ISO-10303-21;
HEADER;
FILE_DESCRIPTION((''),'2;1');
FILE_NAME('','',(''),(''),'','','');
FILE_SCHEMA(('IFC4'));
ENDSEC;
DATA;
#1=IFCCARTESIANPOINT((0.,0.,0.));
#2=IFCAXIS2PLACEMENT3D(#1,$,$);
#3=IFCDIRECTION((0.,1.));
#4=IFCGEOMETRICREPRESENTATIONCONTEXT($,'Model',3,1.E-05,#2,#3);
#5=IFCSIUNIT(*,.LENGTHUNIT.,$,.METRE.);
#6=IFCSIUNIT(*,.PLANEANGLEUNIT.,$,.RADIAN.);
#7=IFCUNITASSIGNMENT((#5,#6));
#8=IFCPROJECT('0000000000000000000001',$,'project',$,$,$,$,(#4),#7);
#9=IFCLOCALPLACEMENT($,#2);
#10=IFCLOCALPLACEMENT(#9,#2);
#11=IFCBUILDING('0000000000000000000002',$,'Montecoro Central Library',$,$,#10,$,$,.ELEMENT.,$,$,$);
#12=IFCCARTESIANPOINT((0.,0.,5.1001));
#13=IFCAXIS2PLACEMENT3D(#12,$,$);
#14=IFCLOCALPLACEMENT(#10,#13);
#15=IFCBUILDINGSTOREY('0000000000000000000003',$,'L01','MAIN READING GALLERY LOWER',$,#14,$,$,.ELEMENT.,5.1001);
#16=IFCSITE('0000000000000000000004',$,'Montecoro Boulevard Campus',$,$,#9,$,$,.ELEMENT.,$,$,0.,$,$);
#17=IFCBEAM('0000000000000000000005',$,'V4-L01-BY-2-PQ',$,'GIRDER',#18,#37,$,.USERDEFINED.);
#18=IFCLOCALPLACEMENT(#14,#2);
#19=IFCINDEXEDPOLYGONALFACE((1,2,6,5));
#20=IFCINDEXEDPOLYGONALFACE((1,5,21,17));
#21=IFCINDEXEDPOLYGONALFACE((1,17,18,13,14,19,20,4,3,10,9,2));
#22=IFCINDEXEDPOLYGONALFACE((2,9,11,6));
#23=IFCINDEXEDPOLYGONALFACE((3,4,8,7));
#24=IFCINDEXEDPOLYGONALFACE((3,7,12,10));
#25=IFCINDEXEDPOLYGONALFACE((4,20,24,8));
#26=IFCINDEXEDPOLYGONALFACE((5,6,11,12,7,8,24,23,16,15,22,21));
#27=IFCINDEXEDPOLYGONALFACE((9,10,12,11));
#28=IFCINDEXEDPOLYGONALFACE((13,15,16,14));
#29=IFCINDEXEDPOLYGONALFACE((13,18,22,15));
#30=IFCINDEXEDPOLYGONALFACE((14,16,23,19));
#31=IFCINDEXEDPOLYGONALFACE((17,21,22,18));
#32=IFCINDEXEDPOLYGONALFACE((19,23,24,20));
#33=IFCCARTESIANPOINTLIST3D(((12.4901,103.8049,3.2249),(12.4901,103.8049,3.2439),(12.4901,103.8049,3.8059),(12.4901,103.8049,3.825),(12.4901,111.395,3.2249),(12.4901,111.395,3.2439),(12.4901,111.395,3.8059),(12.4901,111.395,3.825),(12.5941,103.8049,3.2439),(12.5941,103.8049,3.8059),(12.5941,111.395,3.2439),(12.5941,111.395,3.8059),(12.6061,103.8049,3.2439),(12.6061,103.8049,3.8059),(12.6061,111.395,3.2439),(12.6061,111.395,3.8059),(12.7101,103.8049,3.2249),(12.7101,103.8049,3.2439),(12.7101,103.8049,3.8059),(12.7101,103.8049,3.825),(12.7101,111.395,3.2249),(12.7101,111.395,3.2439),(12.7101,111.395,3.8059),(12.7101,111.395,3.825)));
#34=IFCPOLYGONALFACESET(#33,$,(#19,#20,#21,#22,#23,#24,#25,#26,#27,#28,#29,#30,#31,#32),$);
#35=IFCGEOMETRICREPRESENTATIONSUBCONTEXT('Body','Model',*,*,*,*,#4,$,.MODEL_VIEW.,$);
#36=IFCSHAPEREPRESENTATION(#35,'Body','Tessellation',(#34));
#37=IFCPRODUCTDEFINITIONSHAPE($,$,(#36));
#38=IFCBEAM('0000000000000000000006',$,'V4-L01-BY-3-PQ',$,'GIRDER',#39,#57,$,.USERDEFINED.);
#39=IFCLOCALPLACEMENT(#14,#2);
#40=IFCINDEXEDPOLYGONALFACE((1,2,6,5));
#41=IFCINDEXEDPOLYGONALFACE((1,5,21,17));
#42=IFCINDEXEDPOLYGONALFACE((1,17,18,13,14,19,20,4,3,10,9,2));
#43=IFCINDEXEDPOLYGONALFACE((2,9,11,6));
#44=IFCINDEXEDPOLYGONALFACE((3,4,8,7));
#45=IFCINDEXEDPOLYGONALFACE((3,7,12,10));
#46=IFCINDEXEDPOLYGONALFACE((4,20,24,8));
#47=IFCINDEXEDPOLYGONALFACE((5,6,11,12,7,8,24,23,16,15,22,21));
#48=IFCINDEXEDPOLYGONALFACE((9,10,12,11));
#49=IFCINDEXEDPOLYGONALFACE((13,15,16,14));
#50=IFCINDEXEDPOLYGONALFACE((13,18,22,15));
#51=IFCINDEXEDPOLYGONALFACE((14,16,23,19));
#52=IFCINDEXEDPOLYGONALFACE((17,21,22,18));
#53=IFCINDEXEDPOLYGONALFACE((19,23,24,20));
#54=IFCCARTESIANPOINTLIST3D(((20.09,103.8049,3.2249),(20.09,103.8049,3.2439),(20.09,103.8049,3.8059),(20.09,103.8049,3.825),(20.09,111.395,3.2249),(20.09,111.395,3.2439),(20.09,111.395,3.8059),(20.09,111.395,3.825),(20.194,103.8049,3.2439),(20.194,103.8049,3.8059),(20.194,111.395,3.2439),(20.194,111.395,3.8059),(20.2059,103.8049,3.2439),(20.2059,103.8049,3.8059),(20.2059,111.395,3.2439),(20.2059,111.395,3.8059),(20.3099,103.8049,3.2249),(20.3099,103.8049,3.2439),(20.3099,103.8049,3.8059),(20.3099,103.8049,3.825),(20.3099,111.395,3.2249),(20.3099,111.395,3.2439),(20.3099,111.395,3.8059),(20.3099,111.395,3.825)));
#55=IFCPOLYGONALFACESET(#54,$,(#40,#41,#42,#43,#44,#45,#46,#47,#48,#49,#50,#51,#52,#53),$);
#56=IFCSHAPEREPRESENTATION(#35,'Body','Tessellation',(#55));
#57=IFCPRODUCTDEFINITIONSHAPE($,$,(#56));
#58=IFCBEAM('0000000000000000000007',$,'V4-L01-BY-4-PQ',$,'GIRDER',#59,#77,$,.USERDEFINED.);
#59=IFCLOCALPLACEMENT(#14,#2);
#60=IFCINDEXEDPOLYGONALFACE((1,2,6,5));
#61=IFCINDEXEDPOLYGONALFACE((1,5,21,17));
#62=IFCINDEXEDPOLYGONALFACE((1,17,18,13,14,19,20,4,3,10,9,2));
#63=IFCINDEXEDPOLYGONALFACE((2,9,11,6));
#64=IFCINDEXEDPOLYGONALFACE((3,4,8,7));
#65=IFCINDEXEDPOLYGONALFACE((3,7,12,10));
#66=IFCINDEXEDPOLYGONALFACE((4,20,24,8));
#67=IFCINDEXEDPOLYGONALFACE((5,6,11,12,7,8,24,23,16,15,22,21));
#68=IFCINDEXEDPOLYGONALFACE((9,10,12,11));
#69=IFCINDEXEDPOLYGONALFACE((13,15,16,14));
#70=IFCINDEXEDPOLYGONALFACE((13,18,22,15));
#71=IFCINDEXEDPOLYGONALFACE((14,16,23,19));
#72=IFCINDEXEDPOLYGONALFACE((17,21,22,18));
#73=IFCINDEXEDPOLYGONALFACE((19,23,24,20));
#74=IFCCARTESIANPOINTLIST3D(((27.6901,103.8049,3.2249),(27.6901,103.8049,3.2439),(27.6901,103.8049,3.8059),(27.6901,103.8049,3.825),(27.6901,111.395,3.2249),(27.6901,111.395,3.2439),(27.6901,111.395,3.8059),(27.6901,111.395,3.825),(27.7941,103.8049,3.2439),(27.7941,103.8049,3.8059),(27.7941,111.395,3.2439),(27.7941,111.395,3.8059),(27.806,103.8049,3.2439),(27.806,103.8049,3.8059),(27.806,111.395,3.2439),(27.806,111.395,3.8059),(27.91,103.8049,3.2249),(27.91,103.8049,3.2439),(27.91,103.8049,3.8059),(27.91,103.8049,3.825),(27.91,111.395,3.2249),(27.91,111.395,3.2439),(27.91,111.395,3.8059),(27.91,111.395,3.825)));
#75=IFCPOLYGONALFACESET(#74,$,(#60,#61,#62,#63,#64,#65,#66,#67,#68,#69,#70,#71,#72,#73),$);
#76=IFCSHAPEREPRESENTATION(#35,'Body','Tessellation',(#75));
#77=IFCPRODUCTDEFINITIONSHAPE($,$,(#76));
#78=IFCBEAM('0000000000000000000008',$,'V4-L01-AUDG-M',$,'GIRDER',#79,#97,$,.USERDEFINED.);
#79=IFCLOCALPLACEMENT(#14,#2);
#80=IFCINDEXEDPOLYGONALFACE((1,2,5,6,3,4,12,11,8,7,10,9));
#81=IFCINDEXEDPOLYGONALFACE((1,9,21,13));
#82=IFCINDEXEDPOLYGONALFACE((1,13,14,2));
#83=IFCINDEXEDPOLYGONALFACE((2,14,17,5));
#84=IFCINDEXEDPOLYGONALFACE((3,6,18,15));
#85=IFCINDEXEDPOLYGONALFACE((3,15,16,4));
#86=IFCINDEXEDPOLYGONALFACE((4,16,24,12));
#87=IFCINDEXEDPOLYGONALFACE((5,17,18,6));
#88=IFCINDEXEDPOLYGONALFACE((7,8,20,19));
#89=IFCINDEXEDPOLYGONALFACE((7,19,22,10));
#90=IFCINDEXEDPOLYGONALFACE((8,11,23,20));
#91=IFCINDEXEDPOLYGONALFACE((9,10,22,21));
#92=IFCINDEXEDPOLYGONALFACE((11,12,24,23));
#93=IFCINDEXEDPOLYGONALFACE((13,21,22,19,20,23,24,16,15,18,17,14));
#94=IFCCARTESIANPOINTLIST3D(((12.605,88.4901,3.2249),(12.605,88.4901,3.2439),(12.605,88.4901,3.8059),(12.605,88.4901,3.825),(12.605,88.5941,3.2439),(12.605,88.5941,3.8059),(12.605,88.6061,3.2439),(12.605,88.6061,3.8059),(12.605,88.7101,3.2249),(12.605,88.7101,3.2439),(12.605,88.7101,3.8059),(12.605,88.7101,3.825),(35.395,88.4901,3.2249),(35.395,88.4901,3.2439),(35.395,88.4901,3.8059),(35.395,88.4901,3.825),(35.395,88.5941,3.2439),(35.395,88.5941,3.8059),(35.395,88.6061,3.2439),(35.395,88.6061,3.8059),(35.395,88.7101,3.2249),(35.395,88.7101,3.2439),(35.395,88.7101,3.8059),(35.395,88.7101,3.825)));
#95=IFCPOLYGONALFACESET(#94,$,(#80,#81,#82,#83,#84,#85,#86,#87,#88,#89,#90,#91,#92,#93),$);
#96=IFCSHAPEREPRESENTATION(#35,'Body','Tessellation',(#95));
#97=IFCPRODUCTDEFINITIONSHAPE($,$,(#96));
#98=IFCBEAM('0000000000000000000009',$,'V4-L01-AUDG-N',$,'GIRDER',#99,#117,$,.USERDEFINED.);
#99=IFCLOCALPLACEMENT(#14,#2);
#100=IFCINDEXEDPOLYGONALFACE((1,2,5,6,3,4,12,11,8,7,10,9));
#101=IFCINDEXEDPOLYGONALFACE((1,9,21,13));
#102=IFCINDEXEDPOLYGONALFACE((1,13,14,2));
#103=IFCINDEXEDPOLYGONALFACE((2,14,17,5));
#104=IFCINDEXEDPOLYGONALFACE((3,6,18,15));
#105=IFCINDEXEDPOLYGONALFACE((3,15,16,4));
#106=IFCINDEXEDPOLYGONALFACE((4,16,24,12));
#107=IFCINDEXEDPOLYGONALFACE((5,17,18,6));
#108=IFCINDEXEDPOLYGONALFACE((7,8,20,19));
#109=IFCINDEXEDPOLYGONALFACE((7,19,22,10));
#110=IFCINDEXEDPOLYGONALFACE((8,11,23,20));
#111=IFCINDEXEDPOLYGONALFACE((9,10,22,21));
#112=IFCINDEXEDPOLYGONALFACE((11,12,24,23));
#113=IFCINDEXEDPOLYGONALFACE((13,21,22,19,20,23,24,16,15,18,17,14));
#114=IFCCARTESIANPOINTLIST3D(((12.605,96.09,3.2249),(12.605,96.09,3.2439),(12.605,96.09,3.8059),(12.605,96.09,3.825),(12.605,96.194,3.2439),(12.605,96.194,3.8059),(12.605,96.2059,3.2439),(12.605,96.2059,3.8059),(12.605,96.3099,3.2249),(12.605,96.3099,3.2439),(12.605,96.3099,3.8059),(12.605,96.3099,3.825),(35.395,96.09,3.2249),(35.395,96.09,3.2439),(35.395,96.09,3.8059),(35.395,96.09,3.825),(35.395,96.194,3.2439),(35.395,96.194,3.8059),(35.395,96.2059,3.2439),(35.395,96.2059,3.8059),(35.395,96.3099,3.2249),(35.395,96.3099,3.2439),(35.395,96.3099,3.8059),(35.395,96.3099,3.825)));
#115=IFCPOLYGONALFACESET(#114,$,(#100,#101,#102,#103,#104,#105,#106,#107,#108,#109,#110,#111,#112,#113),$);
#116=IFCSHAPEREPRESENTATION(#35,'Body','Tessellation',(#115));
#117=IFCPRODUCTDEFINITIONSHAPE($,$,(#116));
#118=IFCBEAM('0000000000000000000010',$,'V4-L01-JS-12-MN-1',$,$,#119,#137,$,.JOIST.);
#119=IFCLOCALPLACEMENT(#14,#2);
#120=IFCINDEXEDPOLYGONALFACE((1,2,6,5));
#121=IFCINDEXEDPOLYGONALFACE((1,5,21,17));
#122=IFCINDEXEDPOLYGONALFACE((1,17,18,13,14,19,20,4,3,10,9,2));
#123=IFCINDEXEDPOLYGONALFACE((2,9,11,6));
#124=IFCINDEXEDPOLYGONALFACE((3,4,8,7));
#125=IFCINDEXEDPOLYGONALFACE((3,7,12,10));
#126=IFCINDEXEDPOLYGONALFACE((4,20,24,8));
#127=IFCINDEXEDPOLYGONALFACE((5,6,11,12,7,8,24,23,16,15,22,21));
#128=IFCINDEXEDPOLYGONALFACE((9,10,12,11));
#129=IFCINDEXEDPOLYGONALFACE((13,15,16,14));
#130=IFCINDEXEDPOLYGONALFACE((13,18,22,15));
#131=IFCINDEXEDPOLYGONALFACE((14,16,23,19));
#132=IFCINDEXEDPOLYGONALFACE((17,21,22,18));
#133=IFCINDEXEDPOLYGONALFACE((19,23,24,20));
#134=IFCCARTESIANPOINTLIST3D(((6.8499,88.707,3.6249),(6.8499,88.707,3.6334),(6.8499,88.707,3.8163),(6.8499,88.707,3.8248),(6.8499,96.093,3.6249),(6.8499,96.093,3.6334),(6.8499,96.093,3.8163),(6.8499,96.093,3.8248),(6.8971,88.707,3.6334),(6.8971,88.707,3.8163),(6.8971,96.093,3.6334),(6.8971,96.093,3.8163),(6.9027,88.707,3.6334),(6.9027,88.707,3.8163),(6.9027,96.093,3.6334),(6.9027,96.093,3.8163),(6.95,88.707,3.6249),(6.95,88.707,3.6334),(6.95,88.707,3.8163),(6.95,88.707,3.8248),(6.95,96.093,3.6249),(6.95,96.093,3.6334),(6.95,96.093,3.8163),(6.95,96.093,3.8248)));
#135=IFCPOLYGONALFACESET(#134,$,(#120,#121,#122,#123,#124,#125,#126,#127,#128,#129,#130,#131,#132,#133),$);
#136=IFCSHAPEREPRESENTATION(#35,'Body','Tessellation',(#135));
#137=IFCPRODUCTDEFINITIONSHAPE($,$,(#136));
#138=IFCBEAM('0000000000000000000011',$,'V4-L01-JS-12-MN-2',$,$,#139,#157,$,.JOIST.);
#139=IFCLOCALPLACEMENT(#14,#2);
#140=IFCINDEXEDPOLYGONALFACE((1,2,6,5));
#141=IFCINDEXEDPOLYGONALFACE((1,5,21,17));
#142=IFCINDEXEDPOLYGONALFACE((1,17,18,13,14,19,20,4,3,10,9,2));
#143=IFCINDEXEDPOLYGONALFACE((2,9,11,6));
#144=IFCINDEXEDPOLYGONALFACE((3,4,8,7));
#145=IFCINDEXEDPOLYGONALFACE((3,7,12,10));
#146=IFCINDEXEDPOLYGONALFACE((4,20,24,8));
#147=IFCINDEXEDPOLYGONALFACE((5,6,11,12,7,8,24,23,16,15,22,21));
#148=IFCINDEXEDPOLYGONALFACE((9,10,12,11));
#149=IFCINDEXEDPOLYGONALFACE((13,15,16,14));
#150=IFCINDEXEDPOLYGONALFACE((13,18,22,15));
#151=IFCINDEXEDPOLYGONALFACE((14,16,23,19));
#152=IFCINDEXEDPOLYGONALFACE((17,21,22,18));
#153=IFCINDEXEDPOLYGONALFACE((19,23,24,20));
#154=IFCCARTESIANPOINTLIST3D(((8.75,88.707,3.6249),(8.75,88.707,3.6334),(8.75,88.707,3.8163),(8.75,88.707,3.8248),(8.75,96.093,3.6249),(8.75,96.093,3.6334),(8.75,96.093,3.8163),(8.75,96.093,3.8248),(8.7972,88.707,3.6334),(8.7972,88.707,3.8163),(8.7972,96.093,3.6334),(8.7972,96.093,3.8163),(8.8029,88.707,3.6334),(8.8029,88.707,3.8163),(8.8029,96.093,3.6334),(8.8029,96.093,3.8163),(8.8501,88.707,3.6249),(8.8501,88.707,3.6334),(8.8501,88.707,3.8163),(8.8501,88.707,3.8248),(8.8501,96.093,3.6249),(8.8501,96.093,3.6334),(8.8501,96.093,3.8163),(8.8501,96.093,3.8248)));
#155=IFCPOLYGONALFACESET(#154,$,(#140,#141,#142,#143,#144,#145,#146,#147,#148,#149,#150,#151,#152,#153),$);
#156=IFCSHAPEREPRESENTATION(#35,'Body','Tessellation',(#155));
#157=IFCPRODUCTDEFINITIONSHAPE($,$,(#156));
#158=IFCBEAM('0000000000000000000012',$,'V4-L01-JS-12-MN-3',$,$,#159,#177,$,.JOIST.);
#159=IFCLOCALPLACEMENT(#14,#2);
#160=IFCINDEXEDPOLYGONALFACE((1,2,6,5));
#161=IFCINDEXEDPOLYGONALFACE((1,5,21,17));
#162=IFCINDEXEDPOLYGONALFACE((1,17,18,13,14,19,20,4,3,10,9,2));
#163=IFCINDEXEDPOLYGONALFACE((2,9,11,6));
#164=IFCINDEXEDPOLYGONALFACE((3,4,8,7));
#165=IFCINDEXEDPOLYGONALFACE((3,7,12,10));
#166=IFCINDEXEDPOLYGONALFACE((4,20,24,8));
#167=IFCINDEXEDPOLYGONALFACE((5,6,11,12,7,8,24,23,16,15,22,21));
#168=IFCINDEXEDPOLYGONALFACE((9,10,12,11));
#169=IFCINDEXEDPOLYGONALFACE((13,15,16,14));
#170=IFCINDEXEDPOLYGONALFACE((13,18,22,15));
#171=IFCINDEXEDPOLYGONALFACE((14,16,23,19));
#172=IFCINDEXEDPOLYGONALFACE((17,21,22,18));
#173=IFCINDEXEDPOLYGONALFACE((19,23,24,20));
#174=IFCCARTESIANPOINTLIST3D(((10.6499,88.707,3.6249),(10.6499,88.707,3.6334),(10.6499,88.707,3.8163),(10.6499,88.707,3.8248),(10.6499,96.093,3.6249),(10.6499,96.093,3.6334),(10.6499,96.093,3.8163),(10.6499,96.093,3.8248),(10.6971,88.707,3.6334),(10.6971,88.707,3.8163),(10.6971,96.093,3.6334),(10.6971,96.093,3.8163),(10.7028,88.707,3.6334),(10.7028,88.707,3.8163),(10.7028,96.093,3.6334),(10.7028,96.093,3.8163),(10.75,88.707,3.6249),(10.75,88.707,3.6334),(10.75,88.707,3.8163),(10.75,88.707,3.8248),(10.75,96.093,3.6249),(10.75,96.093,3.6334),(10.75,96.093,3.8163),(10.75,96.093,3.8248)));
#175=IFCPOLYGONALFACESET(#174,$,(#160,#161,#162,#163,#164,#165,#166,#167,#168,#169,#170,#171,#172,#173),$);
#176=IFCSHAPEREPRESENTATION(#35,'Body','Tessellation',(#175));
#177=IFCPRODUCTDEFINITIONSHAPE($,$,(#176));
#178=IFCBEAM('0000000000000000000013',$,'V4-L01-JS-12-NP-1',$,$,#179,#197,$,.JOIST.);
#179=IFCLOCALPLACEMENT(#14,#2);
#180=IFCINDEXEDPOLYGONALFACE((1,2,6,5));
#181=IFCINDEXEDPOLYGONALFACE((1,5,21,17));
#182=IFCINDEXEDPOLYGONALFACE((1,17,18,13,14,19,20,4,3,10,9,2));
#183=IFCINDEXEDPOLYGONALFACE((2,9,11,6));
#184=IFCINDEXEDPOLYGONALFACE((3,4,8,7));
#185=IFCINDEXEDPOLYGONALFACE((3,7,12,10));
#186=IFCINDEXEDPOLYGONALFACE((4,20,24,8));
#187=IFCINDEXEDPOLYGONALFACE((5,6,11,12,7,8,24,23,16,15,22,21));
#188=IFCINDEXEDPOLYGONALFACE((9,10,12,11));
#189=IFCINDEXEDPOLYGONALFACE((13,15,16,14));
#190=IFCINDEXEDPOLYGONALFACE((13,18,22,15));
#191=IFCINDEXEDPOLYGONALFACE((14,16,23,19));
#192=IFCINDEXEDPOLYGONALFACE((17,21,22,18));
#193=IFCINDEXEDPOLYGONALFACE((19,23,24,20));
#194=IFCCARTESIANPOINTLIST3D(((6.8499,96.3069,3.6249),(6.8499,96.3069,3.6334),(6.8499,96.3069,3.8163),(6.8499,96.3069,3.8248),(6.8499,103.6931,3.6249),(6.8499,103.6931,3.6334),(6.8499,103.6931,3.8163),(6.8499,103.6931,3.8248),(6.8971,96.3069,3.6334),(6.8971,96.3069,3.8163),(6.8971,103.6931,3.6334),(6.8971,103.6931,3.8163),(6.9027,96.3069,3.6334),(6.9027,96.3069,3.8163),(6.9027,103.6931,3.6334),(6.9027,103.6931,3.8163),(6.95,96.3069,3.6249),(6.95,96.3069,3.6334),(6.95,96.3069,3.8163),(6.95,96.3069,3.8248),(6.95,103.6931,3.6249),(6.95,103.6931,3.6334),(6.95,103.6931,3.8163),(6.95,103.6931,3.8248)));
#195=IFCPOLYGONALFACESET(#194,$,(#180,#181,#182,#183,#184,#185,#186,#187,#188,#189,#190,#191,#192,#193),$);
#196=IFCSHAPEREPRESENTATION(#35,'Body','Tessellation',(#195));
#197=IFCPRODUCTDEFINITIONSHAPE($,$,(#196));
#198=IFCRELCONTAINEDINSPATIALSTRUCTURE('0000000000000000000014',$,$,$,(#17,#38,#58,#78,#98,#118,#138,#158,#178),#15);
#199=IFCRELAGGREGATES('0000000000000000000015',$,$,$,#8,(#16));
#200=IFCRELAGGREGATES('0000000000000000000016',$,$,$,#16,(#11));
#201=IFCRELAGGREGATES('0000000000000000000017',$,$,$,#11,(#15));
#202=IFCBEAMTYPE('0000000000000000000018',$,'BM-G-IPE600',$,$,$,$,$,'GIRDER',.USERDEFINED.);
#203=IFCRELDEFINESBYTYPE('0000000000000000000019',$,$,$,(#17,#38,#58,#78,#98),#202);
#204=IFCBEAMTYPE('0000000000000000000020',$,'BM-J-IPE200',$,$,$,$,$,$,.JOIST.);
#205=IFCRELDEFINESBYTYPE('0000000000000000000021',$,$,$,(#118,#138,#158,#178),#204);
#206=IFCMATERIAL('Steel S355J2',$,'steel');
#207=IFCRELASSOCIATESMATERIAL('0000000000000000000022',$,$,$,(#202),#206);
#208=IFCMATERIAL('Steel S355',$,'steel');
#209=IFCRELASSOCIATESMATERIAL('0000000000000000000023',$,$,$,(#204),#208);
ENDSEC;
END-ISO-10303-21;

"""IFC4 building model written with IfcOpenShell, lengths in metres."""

from ifc_helpers import new_model, si_unit, direction, frame, origin, origin_2d, place, context, subcontext, project, spatial, i_section, extrude, material, material_profile, profile_set, type_object, element, save


model = new_model("IFC4")

# Units and contexts
model_context = context("Model", 3, precision=1e-05, world=origin(), true_north=direction((0.0, 1.0)))
body_context = subcontext(model_context, "Body", "Model", "MODEL_VIEW")
ifc_project = project(units=[si_unit("LENGTHUNIT", "METRE"), si_unit("PLANEANGLEUNIT", "RADIAN")], contexts=[model_context])

# Site, building, storey
site_placement = place(None, origin())
site = spatial("IfcSite", under=ifc_project, at=site_placement, Name="Montecoro Boulevard Campus", CompositionType="ELEMENT", RefElevation=0.0)
building_placement = place(site_placement, origin())
building = spatial("IfcBuilding", under=site, at=building_placement, Name="Montecoro Central Library", CompositionType="ELEMENT")
storey_placement = place(building_placement, frame((0.0, 0.0, 5.1001)))
storey = spatial("IfcBuildingStorey", under=building, at=storey_placement, Name="L01", Description="MAIN READING GALLERY LOWER", CompositionType="ELEMENT", Elevation=5.1001)

# Shared definitions
ifc_material_1 = material(Name="Steel S355", Category="steel")

# Beams
ifc_material_2 = material(Name="Steel S355J2", Category="steel")
ifc_material_profile_1 = material_profile(ifc_material_2, i_section(OverallWidth=0.22, OverallDepth=0.6001, WebThickness=0.012, FlangeThickness=0.019, at=origin_2d()), Name="IPE 600")
ifc_profile_set_1 = profile_set([ifc_material_profile_1], Name="Steel S355J2")
beam_type_1 = type_object("IfcBeamType", Name="BM-G-IPE600", ElementType="GIRDER", PredefinedType="USERDEFINED", material=ifc_profile_set_1)
for number, where, z_axis, x_axis, name in (
    (1, (12.6001, 103.8049, 3.5249), (0.0, 1.0, 0.0), (-1.0, 0.0, 0.0), "V4-L01-BY-2-PQ"),
    (2, (20.2, 103.8049, 3.5249), (0.0, 1.0, 0.0), (-1.0, 0.0, 0.0), "V4-L01-BY-3-PQ"),
    (3, (27.8, 103.8049, 3.5249), (0.0, 1.0, 0.0), (-1.0, 0.0, 0.0), "V4-L01-BY-4-PQ"),
):
    element("IfcBeam", number, at=place(storey_placement, frame(where, z_axis=z_axis, x_axis=x_axis)), inside=storey, type_object=beam_type_1, Name=name, ObjectType="GIRDER", PredefinedType="USERDEFINED", context=body_context, shape_type="SweptSolid", body=[
        extrude(i_section(OverallWidth=0.22, OverallDepth=0.6001, WebThickness=0.012, FlangeThickness=0.019, at=origin_2d()), origin(), (0.0, 0.0, 1.0), 7.5901),
    ])
for number, where, z_axis, x_axis, name in (
    (4, (12.605, 88.6001, 3.5249), (1.0, 0.0, 0.0), (0.0, 1.0, 0.0), "V4-L01-AUDG-M"),
    (5, (12.605, 96.2, 3.5249), (1.0, 0.0, 0.0), (0.0, 1.0, 0.0), "V4-L01-AUDG-N"),
):
    element("IfcBeam", number, at=place(storey_placement, frame(where, z_axis=z_axis, x_axis=x_axis)), inside=storey, type_object=beam_type_1, Name=name, ObjectType="GIRDER", PredefinedType="USERDEFINED", context=body_context, shape_type="SweptSolid", body=[
        extrude(i_section(OverallWidth=0.22, OverallDepth=0.6001, WebThickness=0.012, FlangeThickness=0.019, at=origin_2d()), origin(), (0.0, 0.0, 1.0), 22.79),
    ])
ifc_material_profile_2 = material_profile(ifc_material_1, i_section(OverallWidth=0.1001, OverallDepth=0.2, WebThickness=0.0056, FlangeThickness=0.0085, at=origin_2d()), Name="IPE 200")
ifc_profile_set_2 = profile_set([ifc_material_profile_2], Name="Steel S355")
beam_type_2 = type_object("IfcBeamType", Name="BM-J-IPE200", PredefinedType="JOIST", material=ifc_profile_set_2)
for number, where, z_axis, x_axis, name in (
    (6, (6.8999, 88.707, 3.7249), (0.0, 1.0, 0.0), (-1.0, 0.0, 0.0), "V4-L01-JS-12-MN-1"),
    (7, (8.8, 88.707, 3.7249), (0.0, 1.0, 0.0), (-1.0, 0.0, 0.0), "V4-L01-JS-12-MN-2"),
    (8, (10.7, 88.707, 3.7249), (0.0, 1.0, 0.0), (-1.0, 0.0, 0.0), "V4-L01-JS-12-MN-3"),
):
    element("IfcBeam", number, at=place(storey_placement, frame(where, z_axis=z_axis, x_axis=x_axis)), inside=storey, type_object=beam_type_2, Name=name, PredefinedType="JOIST", context=body_context, shape_type="SweptSolid", body=[
        extrude(i_section(OverallWidth=0.1001, OverallDepth=0.2, WebThickness=0.0056, FlangeThickness=0.0085, at=origin_2d()), origin(), (0.0, 0.0, 1.0), 7.386),
    ])
for number, where, z_axis, x_axis, name in (
    (9, (6.8999, 96.3069, 3.7249), (0.0, 1.0, 0.0), (-1.0, 0.0, 0.0), "V4-L01-JS-12-NP-1"),
):
    element("IfcBeam", number, at=place(storey_placement, frame(where, z_axis=z_axis, x_axis=x_axis)), inside=storey, type_object=beam_type_2, Name=name, PredefinedType="JOIST", context=body_context, shape_type="SweptSolid", body=[
        extrude(i_section(OverallWidth=0.1001, OverallDepth=0.2, WebThickness=0.0056, FlangeThickness=0.0085, at=origin_2d()), origin(), (0.0, 0.0, 1.0), 7.3862),
    ])

save(model, "model.ifc")
